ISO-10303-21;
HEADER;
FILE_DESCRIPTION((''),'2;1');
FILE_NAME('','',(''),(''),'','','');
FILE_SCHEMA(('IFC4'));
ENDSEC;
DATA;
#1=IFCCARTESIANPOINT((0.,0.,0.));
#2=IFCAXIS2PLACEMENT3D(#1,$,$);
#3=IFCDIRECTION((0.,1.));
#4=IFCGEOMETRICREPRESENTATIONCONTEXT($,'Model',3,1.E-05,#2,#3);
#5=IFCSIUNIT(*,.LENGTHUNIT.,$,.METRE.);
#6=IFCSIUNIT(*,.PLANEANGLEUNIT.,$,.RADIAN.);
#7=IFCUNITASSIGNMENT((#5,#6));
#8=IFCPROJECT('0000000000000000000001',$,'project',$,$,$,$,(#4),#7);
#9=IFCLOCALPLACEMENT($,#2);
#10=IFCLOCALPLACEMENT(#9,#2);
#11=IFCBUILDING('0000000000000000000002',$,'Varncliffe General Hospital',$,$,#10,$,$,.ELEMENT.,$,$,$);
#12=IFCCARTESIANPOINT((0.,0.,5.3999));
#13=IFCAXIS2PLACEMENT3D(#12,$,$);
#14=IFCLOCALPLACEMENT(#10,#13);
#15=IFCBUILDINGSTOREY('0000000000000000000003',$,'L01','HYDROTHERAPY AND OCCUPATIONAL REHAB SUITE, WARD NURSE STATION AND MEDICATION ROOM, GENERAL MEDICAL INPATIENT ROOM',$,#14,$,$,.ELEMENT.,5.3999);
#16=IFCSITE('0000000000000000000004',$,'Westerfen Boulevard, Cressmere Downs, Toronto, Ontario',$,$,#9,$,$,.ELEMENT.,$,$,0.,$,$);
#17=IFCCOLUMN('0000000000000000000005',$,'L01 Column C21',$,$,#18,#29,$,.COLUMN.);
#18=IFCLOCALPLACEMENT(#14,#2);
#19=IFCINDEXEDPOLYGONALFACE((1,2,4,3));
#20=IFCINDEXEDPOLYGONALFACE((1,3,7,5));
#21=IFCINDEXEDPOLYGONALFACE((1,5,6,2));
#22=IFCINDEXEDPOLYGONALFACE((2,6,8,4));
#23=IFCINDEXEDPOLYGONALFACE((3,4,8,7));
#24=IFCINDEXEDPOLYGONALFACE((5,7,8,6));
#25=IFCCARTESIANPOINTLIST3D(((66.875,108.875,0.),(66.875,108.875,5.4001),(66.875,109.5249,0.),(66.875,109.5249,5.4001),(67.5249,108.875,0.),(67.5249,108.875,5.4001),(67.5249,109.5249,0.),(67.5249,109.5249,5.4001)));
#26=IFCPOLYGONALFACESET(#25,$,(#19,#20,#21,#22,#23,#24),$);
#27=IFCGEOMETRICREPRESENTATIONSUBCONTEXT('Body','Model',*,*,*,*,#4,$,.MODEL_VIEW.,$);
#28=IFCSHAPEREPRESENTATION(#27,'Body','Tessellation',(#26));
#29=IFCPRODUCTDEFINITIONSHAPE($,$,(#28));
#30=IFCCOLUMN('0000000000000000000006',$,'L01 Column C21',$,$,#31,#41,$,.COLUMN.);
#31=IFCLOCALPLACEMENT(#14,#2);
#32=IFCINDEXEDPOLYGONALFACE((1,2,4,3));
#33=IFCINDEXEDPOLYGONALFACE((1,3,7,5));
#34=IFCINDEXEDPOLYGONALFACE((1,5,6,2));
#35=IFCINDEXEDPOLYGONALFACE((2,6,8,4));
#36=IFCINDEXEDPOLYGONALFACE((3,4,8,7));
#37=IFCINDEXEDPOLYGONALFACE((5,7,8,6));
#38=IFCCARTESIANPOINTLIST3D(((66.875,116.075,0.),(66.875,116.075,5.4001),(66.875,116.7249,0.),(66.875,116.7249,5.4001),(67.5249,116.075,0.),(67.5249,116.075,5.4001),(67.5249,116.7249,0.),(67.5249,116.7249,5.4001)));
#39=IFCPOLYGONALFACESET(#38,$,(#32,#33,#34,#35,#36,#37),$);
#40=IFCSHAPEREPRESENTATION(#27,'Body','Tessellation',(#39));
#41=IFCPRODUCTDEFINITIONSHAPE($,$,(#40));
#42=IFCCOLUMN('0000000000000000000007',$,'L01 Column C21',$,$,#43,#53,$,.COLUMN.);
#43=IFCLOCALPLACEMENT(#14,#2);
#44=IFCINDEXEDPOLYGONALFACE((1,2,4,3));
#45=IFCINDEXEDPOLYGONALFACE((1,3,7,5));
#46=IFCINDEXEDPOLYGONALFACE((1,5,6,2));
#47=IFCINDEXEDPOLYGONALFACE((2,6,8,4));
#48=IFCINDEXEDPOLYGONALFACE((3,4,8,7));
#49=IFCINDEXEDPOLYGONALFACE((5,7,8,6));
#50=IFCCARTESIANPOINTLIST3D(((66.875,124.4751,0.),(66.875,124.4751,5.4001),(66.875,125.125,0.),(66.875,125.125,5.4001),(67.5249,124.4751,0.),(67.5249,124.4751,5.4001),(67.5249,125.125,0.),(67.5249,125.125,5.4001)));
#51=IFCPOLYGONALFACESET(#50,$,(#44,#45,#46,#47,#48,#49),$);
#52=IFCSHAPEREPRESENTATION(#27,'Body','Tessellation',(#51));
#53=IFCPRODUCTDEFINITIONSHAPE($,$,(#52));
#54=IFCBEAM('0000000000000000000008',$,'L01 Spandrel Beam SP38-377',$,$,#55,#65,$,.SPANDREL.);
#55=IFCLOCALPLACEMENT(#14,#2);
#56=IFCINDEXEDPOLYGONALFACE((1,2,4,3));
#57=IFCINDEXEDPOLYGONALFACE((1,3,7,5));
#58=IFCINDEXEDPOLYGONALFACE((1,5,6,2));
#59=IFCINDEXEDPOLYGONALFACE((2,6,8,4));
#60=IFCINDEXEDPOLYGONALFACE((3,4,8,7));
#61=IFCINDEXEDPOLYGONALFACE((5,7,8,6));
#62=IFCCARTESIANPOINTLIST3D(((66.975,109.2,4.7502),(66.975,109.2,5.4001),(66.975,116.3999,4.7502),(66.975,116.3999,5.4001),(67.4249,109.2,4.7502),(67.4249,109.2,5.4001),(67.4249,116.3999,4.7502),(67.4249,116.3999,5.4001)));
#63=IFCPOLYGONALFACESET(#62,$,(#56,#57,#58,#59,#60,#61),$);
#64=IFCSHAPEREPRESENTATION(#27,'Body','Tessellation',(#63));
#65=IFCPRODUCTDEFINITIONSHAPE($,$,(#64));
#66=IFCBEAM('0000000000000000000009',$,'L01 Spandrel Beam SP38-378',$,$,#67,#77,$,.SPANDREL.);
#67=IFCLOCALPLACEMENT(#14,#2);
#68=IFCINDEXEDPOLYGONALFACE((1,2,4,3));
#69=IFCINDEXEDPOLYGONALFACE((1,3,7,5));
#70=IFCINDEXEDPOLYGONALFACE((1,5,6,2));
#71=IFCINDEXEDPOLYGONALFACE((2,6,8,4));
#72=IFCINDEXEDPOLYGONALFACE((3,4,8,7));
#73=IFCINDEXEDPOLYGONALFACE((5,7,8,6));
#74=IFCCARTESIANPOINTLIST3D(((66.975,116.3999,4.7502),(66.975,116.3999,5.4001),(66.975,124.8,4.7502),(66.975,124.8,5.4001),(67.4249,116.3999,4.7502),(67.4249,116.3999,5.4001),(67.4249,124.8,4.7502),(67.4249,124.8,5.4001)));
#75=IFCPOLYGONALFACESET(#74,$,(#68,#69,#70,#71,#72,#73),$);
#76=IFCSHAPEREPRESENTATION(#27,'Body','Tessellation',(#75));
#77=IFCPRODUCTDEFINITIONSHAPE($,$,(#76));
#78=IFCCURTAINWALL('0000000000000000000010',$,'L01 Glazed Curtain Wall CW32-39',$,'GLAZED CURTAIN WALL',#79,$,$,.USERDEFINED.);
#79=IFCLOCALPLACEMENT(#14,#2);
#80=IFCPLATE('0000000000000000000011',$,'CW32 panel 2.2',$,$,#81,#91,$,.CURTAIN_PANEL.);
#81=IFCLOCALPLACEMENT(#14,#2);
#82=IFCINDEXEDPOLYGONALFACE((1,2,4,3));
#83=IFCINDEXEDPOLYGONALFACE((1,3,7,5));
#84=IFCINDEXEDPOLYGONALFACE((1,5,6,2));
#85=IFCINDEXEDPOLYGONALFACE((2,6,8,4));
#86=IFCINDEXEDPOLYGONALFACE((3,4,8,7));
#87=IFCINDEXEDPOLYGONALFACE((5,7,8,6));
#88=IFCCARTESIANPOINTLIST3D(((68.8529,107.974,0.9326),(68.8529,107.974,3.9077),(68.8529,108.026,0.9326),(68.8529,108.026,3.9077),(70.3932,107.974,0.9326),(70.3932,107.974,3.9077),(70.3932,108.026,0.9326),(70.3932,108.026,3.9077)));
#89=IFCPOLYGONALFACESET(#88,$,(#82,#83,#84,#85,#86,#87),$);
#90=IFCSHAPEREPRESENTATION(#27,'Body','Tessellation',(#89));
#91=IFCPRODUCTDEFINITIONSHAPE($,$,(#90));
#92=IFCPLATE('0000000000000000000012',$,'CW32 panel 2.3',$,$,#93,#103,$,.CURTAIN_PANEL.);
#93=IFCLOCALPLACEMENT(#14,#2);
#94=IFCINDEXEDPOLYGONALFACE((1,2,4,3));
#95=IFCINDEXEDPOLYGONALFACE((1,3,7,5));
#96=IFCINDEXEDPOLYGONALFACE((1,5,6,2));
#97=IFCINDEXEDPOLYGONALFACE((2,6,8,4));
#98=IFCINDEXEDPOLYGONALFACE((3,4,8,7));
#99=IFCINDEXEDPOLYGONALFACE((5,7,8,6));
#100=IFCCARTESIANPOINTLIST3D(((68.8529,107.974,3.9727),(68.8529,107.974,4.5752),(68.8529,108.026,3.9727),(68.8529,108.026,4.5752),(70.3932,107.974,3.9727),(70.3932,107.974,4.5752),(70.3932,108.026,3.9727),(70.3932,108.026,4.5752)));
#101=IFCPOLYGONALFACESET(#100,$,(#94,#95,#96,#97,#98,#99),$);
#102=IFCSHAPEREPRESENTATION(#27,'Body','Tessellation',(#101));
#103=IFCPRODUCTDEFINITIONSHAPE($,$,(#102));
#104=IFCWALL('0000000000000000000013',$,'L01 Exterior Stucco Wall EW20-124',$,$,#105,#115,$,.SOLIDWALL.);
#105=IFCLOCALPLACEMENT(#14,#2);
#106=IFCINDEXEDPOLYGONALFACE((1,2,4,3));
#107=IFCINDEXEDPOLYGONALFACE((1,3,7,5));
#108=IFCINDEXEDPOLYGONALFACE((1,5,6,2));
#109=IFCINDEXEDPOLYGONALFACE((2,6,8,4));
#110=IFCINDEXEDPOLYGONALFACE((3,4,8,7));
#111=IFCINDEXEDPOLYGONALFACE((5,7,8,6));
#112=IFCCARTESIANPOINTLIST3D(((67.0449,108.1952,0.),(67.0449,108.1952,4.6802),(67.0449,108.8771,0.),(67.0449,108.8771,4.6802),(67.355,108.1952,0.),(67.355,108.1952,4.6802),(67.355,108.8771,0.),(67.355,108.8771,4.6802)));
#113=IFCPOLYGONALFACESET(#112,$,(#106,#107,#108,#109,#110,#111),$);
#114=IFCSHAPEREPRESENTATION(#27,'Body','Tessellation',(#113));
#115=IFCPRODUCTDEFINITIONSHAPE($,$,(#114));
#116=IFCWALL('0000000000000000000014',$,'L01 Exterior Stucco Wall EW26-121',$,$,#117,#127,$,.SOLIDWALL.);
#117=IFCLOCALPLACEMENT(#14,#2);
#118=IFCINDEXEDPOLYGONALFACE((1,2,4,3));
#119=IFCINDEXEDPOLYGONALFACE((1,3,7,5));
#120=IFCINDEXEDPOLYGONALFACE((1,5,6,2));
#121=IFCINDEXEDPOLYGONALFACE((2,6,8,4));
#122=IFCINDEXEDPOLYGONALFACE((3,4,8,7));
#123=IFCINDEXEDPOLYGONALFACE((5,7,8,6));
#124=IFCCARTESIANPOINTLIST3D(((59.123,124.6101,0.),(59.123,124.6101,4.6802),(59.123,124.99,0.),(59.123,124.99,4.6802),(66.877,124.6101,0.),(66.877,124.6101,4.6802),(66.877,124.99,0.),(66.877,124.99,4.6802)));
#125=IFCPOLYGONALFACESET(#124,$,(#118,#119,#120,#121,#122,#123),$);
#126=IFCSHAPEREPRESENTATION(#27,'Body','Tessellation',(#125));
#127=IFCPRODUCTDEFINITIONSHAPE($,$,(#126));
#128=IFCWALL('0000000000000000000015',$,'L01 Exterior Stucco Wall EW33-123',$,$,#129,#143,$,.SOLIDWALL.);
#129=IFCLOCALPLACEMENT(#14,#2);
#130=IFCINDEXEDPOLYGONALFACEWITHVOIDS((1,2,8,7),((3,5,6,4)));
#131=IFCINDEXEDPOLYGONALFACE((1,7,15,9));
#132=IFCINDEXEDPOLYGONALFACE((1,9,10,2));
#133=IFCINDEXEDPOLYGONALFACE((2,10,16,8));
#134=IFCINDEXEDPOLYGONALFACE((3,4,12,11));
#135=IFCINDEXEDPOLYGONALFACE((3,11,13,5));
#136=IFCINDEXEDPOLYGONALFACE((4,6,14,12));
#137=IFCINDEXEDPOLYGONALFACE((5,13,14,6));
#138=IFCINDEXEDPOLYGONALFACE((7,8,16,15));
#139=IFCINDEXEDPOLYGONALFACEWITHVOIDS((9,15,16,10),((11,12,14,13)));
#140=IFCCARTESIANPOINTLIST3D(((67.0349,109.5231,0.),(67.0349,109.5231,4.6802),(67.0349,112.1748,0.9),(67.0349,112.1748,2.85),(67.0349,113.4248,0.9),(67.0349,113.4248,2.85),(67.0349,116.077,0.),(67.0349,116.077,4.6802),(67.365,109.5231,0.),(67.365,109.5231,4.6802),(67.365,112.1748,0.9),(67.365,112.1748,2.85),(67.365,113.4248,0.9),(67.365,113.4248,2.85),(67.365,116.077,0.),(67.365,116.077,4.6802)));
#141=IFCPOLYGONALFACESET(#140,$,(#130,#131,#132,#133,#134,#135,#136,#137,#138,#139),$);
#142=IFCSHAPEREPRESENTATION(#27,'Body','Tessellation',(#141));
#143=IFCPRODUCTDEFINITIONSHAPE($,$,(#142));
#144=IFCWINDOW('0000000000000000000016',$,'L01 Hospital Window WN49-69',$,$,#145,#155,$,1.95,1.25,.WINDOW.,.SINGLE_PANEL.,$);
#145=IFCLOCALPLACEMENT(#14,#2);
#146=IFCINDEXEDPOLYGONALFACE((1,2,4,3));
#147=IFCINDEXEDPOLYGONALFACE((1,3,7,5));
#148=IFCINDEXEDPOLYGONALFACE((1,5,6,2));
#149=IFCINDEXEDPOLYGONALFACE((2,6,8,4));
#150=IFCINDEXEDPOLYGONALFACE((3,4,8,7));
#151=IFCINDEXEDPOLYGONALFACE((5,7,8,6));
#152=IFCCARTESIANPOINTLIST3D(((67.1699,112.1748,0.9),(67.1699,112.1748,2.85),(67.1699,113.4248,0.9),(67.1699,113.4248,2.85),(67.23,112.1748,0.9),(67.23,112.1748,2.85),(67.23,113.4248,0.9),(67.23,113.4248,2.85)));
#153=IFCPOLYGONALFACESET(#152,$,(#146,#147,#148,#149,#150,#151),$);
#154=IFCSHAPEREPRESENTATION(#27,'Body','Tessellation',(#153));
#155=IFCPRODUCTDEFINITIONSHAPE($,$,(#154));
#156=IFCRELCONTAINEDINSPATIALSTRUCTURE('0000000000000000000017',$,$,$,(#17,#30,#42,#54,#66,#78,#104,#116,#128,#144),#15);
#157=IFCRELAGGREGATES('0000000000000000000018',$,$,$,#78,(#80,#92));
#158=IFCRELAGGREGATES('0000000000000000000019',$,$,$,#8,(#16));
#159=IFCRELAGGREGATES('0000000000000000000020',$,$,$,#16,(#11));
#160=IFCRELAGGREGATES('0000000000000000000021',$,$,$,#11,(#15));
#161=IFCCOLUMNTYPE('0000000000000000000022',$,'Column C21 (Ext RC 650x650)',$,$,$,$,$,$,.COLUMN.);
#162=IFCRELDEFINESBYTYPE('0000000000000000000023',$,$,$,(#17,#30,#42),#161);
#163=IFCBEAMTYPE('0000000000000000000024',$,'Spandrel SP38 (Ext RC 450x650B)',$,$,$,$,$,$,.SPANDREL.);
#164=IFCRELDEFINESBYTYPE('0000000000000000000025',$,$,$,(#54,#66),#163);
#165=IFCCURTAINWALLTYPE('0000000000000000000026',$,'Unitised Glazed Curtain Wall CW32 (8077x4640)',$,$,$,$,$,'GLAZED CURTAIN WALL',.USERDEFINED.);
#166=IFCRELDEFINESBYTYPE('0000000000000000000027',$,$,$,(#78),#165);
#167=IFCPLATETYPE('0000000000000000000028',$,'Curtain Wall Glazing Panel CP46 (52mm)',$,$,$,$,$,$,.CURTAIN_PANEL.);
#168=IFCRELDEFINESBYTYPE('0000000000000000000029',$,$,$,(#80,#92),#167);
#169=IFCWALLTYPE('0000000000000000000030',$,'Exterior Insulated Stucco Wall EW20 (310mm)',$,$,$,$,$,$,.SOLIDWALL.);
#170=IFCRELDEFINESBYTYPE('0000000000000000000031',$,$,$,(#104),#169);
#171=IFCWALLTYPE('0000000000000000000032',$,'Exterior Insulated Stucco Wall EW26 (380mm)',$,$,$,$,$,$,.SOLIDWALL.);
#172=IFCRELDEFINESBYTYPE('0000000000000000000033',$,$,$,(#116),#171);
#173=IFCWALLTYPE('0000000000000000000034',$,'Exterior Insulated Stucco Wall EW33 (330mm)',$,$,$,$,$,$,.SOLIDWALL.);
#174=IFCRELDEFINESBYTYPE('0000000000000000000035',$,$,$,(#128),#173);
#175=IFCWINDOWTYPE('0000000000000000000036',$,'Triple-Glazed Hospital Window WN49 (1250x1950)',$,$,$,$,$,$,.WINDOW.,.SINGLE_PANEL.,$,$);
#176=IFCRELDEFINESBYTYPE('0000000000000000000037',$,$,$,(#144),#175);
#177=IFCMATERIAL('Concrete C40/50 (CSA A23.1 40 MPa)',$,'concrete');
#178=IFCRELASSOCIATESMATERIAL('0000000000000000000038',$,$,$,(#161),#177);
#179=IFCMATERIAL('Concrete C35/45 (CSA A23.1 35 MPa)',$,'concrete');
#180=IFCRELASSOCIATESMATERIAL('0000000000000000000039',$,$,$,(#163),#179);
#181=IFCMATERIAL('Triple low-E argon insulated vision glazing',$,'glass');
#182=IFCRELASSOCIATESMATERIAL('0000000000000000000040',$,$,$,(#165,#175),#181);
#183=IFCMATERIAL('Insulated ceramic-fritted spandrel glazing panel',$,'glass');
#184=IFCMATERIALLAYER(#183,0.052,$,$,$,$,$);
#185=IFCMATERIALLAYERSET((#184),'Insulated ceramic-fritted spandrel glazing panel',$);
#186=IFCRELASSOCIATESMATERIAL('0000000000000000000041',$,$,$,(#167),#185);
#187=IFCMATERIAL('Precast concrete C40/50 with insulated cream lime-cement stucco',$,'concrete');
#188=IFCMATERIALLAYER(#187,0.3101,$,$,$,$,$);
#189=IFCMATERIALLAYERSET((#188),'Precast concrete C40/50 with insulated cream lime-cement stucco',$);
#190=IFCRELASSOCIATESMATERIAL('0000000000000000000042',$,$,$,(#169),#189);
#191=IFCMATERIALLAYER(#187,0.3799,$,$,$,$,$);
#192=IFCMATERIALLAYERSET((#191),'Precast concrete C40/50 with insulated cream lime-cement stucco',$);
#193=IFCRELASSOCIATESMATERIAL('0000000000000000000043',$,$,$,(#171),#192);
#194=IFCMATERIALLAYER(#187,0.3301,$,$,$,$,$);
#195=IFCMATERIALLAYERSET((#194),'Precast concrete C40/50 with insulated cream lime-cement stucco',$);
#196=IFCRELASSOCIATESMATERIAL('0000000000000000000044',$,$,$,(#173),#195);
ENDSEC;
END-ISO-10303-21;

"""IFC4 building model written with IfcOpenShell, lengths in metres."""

from ifc_helpers import new_model, si_unit, direction, frame, frame_2d, origin, origin_2d, place, context, subcontext, project, spatial, rectangle, extrude, material, layer, layer_set, material_profile, profile_set, type_object, element, fill, aggregate, save


model = new_model("IFC4")

# Units and contexts
model_context = context("Model", 3, precision=1e-05, world=origin(), true_north=direction((0.0, 1.0)))
body_context = subcontext(model_context, "Body", "Model", "MODEL_VIEW")
ifc_project = project(units=[si_unit("LENGTHUNIT", "METRE"), si_unit("PLANEANGLEUNIT", "RADIAN")], contexts=[model_context])

# Site, building, storey
site_placement = place(None, origin())
site = spatial("IfcSite", under=ifc_project, at=site_placement, Name="Westerfen Boulevard, Cressmere Downs, Toronto, Ontario", CompositionType="ELEMENT", RefElevation=0.0)
building_placement = place(site_placement, origin())
building = spatial("IfcBuilding", under=site, at=building_placement, Name="Varncliffe General Hospital", CompositionType="ELEMENT")
storey_placement = place(building_placement, frame((0.0, 0.0, 5.3999)))
storey = spatial("IfcBuildingStorey", under=building, at=storey_placement, Name="L01", Description="HYDROTHERAPY AND OCCUPATIONAL REHAB SUITE, WARD NURSE STATION AND MEDICATION ROOM, GENERAL MEDICAL INPATIENT ROOM", CompositionType="ELEMENT", Elevation=5.3999)

# Columns
ifc_material_1 = material(Name="Concrete C40/50 (CSA A23.1 40 MPa)", Category="concrete")
ifc_material_profile_1 = material_profile(ifc_material_1, rectangle(XDim=0.6499, YDim=0.6499, at=origin_2d()), Name="RC 650x650")
ifc_profile_set_1 = profile_set([ifc_material_profile_1], Name="Concrete C40/50 (CSA A23.1 40 MPa)")
column_type = type_object("IfcColumnType", Name="Column C21 (Ext RC 650x650)", PredefinedType="COLUMN", material=ifc_profile_set_1)
for number, where, z_axis, x_axis, name in (
    (1, (67.2, 109.2, 0.0), (0.0, 0.0, 1.0), (1.0, 0.0, 0.0), "L01 Column C21"),
    (2, (67.2, 116.3999, 0.0), (0.0, 0.0, 1.0), (1.0, 0.0, 0.0), "L01 Column C21"),
    (3, (67.2, 124.8, 0.0), (0.0, 0.0, 1.0), (1.0, 0.0, 0.0), "L01 Column C21"),
):
    element("IfcColumn", number, at=place(storey_placement, frame(where, z_axis=z_axis, x_axis=x_axis)), inside=storey, type_object=column_type, Name=name, PredefinedType="COLUMN", context=body_context, shape_type="SweptSolid", body=[
        extrude(rectangle(XDim=0.6499, YDim=0.6499, at=origin_2d()), origin(), (0.0, 0.0, 1.0), 5.4001),
    ])

# Beams
ifc_material_2 = material(Name="Concrete C35/45 (CSA A23.1 35 MPa)", Category="concrete")
ifc_material_profile_2 = material_profile(ifc_material_2, rectangle(XDim=0.45, YDim=0.6499, at=origin_2d()), Name="RC 450x650")
ifc_profile_set_2 = profile_set([ifc_material_profile_2], Name="Concrete C35/45 (CSA A23.1 35 MPa)")
beam_type = type_object("IfcBeamType", Name="Spandrel SP38 (Ext RC 450x650B)", PredefinedType="SPANDREL", material=ifc_profile_set_2)
beam_1_placement = place(storey_placement, frame((67.2, 109.2, 5.0752), z_axis=(0.0, 1.0, 0.0), x_axis=(-1.0, 0.0, 0.0)))
element("IfcBeam", 4, at=beam_1_placement, inside=storey, type_object=beam_type, Name="L01 Spandrel Beam SP38-377", PredefinedType="SPANDREL", context=body_context, shape_type="SweptSolid", body=[
    extrude(rectangle(XDim=0.45, YDim=0.6499, at=origin_2d()), origin(), (0.0, 0.0, 1.0), 7.2),
])
beam_2_placement = place(storey_placement, frame((67.2, 116.3999, 5.0752), z_axis=(0.0, 1.0, 0.0), x_axis=(-1.0, 0.0, 0.0)))
element("IfcBeam", 5, at=beam_2_placement, inside=storey, type_object=beam_type, Name="L01 Spandrel Beam SP38-378", PredefinedType="SPANDREL", context=body_context, shape_type="SweptSolid", body=[
    extrude(rectangle(XDim=0.45, YDim=0.6499, at=origin_2d()), origin(), (0.0, 0.0, 1.0), 8.4001),
])

# Curtain wall, plates
ifc_material_3 = material(Name="Triple low-E argon insulated vision glazing", Category="glass")
curtain_wall_type = type_object("IfcCurtainWallType", Name="Unitised Glazed Curtain Wall CW32 (8077x4640)", ElementType="GLAZED CURTAIN WALL", PredefinedType="USERDEFINED", material=ifc_material_3)
curtain_wall_placement = place(storey_placement, origin())
curtain_wall = element("IfcCurtainWall", 6, at=curtain_wall_placement, inside=storey, type_object=curtain_wall_type, Name="L01 Glazed Curtain Wall CW32-39", ObjectType="GLAZED CURTAIN WALL", PredefinedType="USERDEFINED")
ifc_material_4 = material(Name="Insulated ceramic-fritted spandrel glazing panel", Category="glass")
ifc_layer_1 = layer(ifc_material_4, 0.052)
ifc_layer_set_1 = layer_set([ifc_layer_1], Name="Insulated ceramic-fritted spandrel glazing panel")
plate_type = type_object("IfcPlateType", Name="Curtain Wall Glazing Panel CP46 (52mm)", PredefinedType="CURTAIN_PANEL", material=ifc_layer_set_1)
plate_1_placement = place(storey_placement, frame((69.623, 108.0, 0.9326), z_axis=(0.0, 0.0, 1.0), x_axis=(1.0, 0.0, 0.0)))
plate_1 = element("IfcPlate", 7, at=plate_1_placement, type_object=plate_type, Name="CW32 panel 2.2", PredefinedType="CURTAIN_PANEL", context=body_context, shape_type="SweptSolid", body=[
    extrude(rectangle(XDim=1.5403, YDim=0.052, at=origin_2d()), origin(), (0.0, 0.0, 1.0), 2.9751),
])
plate_2_placement = place(storey_placement, frame((69.623, 108.0, 3.9727), z_axis=(0.0, 0.0, 1.0), x_axis=(1.0, 0.0, 0.0)))
plate_2 = element("IfcPlate", 8, at=plate_2_placement, type_object=plate_type, Name="CW32 panel 2.3", PredefinedType="CURTAIN_PANEL", context=body_context, shape_type="SweptSolid", body=[
    extrude(rectangle(XDim=1.5403, YDim=0.052, at=origin_2d()), origin(), (0.0, 0.0, 1.0), 0.6025),
])
aggregate(curtain_wall, [plate_1, plate_2])

# Walls
ifc_material_5 = material(Name="Precast concrete C40/50 with insulated cream lime-cement stucco", Category="concrete")
ifc_layer_2 = layer(ifc_material_5, 0.3101)
ifc_layer_set_2 = layer_set([ifc_layer_2], Name="Precast concrete C40/50 with insulated cream lime-cement stucco")
wall_type_1 = type_object("IfcWallType", Name="Exterior Insulated Stucco Wall EW20 (310mm)", PredefinedType="SOLIDWALL", material=ifc_layer_set_2)
wall_1_placement = place(storey_placement, frame((67.2, 108.877, 0.0), z_axis=(0.0, 0.0, 1.0), x_axis=(0.0, -1.0, 0.0)))
element("IfcWall", 9, at=wall_1_placement, inside=storey, type_object=wall_type_1, Name="L01 Exterior Stucco Wall EW20-124", PredefinedType="SOLIDWALL", context=body_context, shape_type="SweptSolid", body=[
    extrude(rectangle(XDim=0.6819, YDim=0.3101, at=frame_2d((0.3408, 0.0))), origin(), (0.0, 0.0, 1.0), 4.6802),
])
ifc_layer_3 = layer(ifc_material_5, 0.3799)
ifc_layer_set_3 = layer_set([ifc_layer_3], Name="Precast concrete C40/50 with insulated cream lime-cement stucco")
wall_type_2 = type_object("IfcWallType", Name="Exterior Insulated Stucco Wall EW26 (380mm)", PredefinedType="SOLIDWALL", material=ifc_layer_set_3)
wall_2_placement = place(storey_placement, frame((59.123, 124.8, 0.0), z_axis=(0.0, 0.0, 1.0), x_axis=(1.0, 0.0, 0.0)))
element("IfcWall", 10, at=wall_2_placement, inside=storey, type_object=wall_type_2, Name="L01 Exterior Stucco Wall EW26-121", PredefinedType="SOLIDWALL", context=body_context, shape_type="SweptSolid", body=[
    extrude(rectangle(XDim=7.7539, YDim=0.3799, at=frame_2d((3.877, 0.0))), origin(), (0.0, 0.0, 1.0), 4.6802),
])

# Wall, opening, window
ifc_layer_4 = layer(ifc_material_5, 0.3301)
ifc_layer_set_4 = layer_set([ifc_layer_4], Name="Precast concrete C40/50 with insulated cream lime-cement stucco")
wall_type_3 = type_object("IfcWallType", Name="Exterior Insulated Stucco Wall EW33 (330mm)", PredefinedType="SOLIDWALL", material=ifc_layer_set_4)
wall_3_placement = place(storey_placement, frame((67.2, 116.0769, 0.0), z_axis=(0.0, 0.0, 1.0), x_axis=(0.0, -1.0, 0.0)))
wall_3 = element("IfcWall", 11, at=wall_3_placement, inside=storey, type_object=wall_type_3, Name="L01 Exterior Stucco Wall EW33-123", PredefinedType="SOLIDWALL", context=body_context, shape_type="SweptSolid", body=[
    extrude(rectangle(XDim=6.554, YDim=0.3301, at=frame_2d((3.2769, 0.0))), origin(), (0.0, 0.0, 1.0), 4.6802),
])
opening_1_placement = place(wall_3_placement, frame((2.6521, 0.0, 0.8999)))
opening_1 = element("IfcOpeningElement", 12, at=opening_1_placement, cuts=wall_3, PredefinedType="OPENING", context=body_context, shape_type="SweptSolid", body=[
    extrude(rectangle(XDim=1.25, YDim=1.95, at=frame_2d((0.625, 0.9751))), frame((0.0, 0.175, 0.0), z_axis=(0.0, -1.0, 0.0), x_axis=(1.0, 0.0, 0.0)), (0.0, 0.0, 1.0), 0.3501),
])
window_type_1 = type_object("IfcWindowType", Name="Triple-Glazed Hospital Window WN49 (1250x1950)", PartitioningType="SINGLE_PANEL", PredefinedType="WINDOW", material=ifc_material_3)
window_1_placement = place(opening_1_placement, origin())
window_1 = element("IfcWindow", 13, at=window_1_placement, inside=storey, type_object=window_type_1, Name="L01 Hospital Window WN49-69", OverallHeight=1.95, OverallWidth=1.25, PartitioningType="SINGLE_PANEL", PredefinedType="WINDOW", context=body_context, shape_type="SweptSolid", body=[
    extrude(rectangle(XDim=1.25, YDim=1.95, at=frame_2d((0.625, 0.9751))), frame((0.0, 0.03, 0.0), z_axis=(0.0, -1.0, 0.0), x_axis=(1.0, 0.0, 0.0)), (0.0, 0.0, 1.0), 0.0601),
])
fill(opening_1, window_1)

save(model, "model.ifc")
